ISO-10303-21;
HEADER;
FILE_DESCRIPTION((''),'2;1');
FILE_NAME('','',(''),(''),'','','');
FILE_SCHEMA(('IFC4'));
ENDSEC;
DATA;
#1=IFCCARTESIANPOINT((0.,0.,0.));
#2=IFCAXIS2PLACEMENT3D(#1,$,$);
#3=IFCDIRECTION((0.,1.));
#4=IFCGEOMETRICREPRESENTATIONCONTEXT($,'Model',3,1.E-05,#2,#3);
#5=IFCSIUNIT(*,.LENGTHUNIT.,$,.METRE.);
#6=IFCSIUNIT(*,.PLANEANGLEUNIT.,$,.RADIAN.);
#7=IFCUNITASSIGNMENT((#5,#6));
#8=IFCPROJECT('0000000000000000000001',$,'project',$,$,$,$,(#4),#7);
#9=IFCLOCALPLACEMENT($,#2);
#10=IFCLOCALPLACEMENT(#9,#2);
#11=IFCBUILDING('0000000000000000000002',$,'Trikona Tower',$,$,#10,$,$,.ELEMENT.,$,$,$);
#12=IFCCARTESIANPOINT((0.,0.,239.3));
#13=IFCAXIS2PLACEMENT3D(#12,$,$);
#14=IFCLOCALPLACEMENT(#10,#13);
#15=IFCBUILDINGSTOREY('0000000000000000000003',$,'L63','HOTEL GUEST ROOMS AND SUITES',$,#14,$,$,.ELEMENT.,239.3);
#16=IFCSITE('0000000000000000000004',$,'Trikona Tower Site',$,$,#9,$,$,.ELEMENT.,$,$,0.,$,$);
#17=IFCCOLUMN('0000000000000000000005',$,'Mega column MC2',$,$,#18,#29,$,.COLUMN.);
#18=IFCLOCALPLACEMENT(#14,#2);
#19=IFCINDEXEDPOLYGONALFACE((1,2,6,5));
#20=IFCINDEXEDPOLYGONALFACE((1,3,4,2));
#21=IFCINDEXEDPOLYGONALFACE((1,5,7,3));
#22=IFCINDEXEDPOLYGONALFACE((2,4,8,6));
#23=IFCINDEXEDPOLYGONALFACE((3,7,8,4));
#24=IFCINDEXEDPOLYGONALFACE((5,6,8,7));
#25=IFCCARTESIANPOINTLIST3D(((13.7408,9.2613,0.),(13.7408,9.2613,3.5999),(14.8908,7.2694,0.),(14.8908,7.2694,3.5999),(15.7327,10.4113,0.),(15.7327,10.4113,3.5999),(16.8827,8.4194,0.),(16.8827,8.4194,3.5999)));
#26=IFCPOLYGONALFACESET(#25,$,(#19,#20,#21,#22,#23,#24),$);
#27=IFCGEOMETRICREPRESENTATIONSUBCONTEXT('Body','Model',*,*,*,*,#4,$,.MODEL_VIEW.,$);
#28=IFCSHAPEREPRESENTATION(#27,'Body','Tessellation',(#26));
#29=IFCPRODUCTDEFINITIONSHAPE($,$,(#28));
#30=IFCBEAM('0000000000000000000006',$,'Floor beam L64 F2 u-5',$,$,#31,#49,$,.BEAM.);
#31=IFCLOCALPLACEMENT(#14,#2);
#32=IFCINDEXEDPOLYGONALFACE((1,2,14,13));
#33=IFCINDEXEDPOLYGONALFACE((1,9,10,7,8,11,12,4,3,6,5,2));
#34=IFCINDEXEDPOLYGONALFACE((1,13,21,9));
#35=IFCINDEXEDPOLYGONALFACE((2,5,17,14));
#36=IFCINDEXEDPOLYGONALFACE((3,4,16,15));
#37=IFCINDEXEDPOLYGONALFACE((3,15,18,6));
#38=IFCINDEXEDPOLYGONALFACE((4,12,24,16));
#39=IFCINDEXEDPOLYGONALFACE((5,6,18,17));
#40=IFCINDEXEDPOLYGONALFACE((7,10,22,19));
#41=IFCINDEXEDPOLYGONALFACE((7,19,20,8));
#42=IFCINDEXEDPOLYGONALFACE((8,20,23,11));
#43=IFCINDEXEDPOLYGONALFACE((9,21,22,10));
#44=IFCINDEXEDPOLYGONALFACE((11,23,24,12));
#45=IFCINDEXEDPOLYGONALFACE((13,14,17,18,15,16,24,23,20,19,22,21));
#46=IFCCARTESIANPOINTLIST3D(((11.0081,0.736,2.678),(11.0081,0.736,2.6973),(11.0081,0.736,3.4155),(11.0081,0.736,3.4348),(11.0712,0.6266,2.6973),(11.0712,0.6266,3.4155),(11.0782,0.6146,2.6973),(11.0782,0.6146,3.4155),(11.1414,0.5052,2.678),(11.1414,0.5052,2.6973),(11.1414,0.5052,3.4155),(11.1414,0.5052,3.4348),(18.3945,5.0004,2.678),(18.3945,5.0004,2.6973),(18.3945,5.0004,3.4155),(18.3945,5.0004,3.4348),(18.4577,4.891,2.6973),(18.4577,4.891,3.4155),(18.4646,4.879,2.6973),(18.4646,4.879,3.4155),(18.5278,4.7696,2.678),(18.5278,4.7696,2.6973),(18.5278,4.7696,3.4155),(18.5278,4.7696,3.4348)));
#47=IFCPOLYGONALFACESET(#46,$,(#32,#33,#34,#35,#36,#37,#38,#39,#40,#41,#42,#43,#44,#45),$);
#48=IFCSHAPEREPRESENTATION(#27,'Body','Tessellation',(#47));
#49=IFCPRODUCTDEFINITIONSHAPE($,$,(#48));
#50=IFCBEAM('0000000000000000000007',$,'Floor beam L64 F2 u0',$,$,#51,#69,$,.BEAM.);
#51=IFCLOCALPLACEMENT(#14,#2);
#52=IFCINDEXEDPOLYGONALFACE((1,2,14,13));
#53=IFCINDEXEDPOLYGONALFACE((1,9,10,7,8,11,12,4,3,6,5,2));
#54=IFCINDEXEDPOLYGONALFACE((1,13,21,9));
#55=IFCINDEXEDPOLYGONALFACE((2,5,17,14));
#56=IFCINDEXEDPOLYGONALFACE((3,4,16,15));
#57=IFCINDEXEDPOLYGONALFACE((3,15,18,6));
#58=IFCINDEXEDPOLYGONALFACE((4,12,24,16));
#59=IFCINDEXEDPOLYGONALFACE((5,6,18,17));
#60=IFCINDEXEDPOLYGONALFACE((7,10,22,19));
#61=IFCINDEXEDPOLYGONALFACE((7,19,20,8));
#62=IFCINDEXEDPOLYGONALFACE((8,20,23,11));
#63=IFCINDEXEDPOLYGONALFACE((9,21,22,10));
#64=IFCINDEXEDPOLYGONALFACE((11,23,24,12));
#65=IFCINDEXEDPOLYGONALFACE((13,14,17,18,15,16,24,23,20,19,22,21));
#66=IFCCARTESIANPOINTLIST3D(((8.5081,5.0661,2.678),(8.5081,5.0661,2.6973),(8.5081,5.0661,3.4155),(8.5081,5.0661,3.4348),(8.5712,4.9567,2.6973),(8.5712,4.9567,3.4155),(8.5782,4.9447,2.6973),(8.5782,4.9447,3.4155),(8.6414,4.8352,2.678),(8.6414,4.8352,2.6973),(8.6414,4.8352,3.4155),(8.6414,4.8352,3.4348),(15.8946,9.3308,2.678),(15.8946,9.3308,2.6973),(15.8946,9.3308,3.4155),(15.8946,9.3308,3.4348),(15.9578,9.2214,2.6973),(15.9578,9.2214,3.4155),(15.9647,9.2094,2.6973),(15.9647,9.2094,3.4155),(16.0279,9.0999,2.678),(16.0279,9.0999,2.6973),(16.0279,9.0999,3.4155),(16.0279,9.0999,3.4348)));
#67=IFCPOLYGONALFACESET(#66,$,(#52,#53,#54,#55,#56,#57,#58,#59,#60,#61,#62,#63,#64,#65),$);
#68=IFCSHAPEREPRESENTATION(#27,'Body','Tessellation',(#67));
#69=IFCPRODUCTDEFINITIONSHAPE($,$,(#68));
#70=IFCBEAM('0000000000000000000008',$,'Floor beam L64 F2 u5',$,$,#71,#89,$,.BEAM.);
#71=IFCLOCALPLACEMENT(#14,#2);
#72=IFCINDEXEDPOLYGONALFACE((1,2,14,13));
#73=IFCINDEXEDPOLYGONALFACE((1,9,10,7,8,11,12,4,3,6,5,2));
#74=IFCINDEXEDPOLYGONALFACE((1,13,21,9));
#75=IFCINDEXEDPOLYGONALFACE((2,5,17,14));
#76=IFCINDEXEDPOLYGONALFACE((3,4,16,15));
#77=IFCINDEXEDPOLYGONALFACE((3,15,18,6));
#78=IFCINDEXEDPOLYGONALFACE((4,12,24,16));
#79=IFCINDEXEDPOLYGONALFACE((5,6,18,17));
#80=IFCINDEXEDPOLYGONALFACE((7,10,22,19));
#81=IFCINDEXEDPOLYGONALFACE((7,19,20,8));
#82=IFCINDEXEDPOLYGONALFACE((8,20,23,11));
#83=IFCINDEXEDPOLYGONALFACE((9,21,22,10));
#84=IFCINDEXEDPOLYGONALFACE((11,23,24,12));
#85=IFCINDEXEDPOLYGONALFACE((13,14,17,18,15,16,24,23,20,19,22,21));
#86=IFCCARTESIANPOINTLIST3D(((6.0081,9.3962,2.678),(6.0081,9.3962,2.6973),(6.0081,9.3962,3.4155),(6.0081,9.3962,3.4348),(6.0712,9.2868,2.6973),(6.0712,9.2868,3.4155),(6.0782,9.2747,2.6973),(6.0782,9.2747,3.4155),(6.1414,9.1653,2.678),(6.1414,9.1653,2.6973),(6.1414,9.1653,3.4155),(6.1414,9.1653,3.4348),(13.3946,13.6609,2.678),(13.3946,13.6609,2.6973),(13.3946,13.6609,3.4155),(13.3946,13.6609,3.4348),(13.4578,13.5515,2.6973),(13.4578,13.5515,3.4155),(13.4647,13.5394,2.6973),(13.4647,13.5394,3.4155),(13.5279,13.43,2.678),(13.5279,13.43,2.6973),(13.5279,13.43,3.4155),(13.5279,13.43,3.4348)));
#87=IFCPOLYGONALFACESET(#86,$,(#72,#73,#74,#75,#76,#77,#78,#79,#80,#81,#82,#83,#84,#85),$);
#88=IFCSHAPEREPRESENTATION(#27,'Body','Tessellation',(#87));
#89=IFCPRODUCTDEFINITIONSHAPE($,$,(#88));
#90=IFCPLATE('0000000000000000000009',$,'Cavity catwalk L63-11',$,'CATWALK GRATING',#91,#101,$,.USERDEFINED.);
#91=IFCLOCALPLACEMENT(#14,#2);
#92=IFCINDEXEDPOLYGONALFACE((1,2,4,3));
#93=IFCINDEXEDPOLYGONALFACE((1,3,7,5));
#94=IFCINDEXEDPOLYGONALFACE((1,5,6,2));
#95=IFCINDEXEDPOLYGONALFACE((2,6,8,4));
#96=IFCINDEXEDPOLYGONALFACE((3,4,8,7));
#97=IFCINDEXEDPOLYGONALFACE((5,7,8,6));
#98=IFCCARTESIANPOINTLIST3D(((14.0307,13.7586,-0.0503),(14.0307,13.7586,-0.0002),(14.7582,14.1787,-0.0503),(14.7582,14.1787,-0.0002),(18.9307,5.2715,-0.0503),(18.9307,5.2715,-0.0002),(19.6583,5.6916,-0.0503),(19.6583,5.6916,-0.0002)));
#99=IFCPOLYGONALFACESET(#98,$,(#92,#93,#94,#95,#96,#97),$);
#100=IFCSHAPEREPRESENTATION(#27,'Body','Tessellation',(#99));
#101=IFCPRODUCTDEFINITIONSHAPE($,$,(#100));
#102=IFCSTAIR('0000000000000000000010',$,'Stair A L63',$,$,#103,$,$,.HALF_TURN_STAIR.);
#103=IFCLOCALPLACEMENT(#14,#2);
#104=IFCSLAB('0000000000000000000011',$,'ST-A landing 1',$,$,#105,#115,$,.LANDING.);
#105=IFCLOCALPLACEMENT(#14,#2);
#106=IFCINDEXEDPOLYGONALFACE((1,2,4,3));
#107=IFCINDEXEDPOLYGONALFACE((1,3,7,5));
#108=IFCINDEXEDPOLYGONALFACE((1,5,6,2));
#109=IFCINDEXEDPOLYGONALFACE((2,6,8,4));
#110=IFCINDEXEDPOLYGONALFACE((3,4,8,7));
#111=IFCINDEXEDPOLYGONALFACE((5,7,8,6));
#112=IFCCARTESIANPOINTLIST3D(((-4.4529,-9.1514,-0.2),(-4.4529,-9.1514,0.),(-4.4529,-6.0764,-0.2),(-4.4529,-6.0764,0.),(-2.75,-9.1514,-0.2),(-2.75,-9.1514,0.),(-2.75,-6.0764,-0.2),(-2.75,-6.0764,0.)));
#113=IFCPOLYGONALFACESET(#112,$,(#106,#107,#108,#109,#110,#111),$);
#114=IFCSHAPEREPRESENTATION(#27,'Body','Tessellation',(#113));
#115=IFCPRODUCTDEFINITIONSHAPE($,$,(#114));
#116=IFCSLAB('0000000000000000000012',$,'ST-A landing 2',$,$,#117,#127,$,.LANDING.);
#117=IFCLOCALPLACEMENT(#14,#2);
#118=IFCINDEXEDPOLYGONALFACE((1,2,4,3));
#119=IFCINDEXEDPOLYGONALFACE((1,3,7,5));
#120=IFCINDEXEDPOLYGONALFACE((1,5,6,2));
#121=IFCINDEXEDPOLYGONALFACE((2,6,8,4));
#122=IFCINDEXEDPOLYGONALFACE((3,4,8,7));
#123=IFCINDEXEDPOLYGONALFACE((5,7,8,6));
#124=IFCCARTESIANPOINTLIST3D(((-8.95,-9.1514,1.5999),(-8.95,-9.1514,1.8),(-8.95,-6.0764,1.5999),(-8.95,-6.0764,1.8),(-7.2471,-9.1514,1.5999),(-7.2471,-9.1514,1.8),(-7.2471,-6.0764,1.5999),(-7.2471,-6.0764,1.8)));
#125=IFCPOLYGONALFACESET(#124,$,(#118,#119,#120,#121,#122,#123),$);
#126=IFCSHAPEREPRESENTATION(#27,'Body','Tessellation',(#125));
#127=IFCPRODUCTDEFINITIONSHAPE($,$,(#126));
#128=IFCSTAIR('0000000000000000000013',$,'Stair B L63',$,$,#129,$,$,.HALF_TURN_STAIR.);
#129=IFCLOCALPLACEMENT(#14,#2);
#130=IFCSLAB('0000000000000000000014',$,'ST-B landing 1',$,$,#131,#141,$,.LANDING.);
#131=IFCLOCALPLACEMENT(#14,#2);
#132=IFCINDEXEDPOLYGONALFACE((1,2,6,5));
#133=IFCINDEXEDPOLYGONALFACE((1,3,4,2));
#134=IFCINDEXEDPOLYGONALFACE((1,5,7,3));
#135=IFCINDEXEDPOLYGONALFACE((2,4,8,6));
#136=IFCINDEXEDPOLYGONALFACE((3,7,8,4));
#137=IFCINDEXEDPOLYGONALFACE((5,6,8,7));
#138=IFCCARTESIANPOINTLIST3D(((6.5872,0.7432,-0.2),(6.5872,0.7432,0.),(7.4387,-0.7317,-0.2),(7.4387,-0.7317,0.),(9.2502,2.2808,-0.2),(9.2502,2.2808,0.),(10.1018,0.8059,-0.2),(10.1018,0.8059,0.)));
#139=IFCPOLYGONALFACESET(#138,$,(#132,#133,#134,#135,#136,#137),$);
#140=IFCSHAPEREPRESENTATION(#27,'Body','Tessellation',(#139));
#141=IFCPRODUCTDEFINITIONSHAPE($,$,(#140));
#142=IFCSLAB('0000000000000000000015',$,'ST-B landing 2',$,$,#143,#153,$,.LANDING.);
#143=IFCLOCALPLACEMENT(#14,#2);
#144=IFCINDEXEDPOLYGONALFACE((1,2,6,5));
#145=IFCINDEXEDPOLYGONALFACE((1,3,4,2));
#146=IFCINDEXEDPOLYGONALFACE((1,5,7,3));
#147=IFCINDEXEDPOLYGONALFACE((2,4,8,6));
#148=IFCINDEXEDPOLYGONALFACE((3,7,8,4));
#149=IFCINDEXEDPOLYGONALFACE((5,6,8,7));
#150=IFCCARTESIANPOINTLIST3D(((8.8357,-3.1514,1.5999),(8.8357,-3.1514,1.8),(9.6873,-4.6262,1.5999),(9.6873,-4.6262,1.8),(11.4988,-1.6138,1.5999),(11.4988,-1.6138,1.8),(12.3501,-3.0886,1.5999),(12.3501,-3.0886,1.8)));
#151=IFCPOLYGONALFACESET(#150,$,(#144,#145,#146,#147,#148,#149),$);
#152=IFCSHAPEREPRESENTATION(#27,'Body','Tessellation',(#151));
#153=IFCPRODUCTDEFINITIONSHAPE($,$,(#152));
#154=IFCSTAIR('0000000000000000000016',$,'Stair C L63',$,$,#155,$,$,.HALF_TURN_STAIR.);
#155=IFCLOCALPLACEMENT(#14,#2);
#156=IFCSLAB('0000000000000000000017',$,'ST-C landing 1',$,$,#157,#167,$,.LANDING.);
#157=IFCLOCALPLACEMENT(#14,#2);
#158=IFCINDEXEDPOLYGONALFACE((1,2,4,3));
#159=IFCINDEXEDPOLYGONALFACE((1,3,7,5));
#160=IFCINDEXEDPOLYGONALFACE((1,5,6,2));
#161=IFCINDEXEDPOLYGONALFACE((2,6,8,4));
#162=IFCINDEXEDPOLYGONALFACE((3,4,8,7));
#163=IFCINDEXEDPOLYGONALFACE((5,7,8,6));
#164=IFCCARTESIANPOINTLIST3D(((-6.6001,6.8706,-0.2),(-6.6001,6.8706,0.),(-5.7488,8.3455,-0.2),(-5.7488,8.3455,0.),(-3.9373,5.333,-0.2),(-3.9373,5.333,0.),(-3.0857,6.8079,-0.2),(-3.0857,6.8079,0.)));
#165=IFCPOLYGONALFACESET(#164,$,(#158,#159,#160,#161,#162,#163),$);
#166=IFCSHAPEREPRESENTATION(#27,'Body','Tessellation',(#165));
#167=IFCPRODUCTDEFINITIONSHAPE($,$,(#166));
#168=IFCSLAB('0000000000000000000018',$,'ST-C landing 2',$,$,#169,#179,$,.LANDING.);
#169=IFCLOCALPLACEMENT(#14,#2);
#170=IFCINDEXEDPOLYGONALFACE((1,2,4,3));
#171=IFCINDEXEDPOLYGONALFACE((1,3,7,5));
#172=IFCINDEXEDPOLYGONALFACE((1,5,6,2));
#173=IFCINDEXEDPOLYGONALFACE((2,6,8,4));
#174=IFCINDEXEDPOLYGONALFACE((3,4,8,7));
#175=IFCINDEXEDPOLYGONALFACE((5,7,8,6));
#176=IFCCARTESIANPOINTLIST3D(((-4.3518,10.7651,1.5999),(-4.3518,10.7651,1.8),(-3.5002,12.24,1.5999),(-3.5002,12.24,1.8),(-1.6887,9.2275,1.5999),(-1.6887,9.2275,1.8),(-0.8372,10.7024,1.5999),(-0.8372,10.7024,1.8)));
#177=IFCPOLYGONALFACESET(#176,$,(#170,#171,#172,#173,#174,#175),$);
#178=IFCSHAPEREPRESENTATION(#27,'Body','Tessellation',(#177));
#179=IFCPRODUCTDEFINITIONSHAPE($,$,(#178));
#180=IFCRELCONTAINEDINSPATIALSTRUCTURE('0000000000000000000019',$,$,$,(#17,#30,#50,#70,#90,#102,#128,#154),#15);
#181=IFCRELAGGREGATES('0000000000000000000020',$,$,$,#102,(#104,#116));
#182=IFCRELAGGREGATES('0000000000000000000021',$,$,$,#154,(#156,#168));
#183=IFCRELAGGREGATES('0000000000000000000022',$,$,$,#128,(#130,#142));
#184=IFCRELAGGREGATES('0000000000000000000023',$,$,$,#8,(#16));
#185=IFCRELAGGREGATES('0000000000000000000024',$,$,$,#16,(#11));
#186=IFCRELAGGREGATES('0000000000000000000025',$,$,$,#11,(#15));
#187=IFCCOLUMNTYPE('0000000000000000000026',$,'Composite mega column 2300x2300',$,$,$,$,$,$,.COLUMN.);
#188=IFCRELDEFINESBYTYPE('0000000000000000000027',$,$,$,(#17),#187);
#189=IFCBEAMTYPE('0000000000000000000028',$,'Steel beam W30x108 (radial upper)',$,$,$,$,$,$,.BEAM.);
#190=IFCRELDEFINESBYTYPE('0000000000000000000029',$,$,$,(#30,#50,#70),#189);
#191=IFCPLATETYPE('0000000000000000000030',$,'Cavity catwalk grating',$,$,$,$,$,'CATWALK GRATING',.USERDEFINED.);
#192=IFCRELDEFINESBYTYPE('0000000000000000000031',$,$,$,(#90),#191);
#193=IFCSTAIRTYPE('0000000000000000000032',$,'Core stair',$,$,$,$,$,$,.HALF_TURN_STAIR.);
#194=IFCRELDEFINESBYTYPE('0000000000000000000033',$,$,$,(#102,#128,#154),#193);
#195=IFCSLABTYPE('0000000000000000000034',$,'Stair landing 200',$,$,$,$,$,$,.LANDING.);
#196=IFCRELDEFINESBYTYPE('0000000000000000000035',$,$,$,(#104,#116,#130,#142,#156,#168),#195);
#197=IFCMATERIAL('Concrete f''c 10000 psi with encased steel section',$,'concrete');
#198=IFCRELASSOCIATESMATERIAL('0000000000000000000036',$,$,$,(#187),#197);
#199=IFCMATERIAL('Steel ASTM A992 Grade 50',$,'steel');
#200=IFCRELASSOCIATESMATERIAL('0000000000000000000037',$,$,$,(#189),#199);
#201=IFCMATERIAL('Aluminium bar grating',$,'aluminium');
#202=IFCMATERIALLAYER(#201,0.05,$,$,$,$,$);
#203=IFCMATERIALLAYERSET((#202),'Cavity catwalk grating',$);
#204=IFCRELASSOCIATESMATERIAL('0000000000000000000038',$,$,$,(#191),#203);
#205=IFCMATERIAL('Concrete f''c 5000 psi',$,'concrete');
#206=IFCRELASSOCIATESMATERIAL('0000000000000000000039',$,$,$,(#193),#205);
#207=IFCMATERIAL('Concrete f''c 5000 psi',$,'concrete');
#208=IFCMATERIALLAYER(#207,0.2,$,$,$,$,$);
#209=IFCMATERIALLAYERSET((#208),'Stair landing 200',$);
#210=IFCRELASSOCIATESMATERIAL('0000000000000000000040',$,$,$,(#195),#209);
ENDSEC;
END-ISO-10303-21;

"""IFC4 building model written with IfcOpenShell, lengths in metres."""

from ifc_helpers import new_model, si_unit, direction, frame, origin, origin_2d, place, context, subcontext, project, spatial, polyline, rectangle, i_section, outline, extrude, material, layer, layer_set, material_profile, profile_set, type_object, element, aggregate, save


model = new_model("IFC4")

# Units and contexts
model_context = context("Model", 3, precision=1e-05, world=origin(), true_north=direction((0.0, 1.0)))
body_context = subcontext(model_context, "Body", "Model", "MODEL_VIEW")
ifc_project = project(units=[si_unit("LENGTHUNIT", "METRE"), si_unit("PLANEANGLEUNIT", "RADIAN")], contexts=[model_context])

# Site, building, storey
site_placement = place(None, origin())
site = spatial("IfcSite", under=ifc_project, at=site_placement, Name="Trikona Tower Site", CompositionType="ELEMENT", RefElevation=0.0)
building_placement = place(site_placement, origin())
building = spatial("IfcBuilding", under=site, at=building_placement, Name="Trikona Tower", CompositionType="ELEMENT")
storey_placement = place(building_placement, frame((0.0, 0.0, 239.3)))
storey = spatial("IfcBuildingStorey", under=building, at=storey_placement, Name="L63", Description="HOTEL GUEST ROOMS AND SUITES", CompositionType="ELEMENT", Elevation=239.3)

# Column
ifc_material_1 = material(Name="Concrete f'c 10000 psi with encased steel section", Category="concrete")
ifc_material_profile_1 = material_profile(ifc_material_1, rectangle(XDim=2.3, YDim=2.3, at=origin_2d()), Name="MC2300")
ifc_profile_set_1 = profile_set([ifc_material_profile_1], Name="Concrete f'c 10000 psi with encased steel section")
column_type = type_object("IfcColumnType", Name="Composite mega column 2300x2300", PredefinedType="COLUMN", material=ifc_profile_set_1)
column_placement = place(storey_placement, frame((15.3118, 8.8403, 0.0), z_axis=(0.0, 0.0, 1.0), x_axis=(0.866025, 0.5, 0.0)))
element("IfcColumn", 1, at=column_placement, inside=storey, type_object=column_type, Name="Mega column MC2", PredefinedType="COLUMN", context=body_context, shape_type="SweptSolid", body=[
    extrude(rectangle(XDim=2.3, YDim=2.3, at=origin_2d()), origin(), (0.0, 0.0, 1.0), 3.5999),
])

# Beams
ifc_material_2 = material(Name="Steel ASTM A992 Grade 50", Category="steel")
ifc_material_profile_2 = material_profile(ifc_material_2, i_section(OverallWidth=0.2666, OverallDepth=0.7568, WebThickness=0.0139, FlangeThickness=0.0193, at=origin_2d()), Name="W30X108")
ifc_profile_set_2 = profile_set([ifc_material_profile_2], Name="Steel ASTM A992 Grade 50")
beam_type = type_object("IfcBeamType", Name="Steel beam W30x108 (radial upper)", PredefinedType="BEAM", material=ifc_profile_set_2)
beam_placement = place(storey_placement, frame((11.0747, 0.6206, 3.0564), z_axis=(0.866034, 0.499984, 0.0), x_axis=(-0.499984, 0.866034, 0.0)))
element("IfcBeam", 2, at=beam_placement, inside=storey, type_object=beam_type, Name="Floor beam L64 F2 u-5", PredefinedType="BEAM", context=body_context, shape_type="SweptSolid", body=[
    extrude(i_section(OverallWidth=0.2666, OverallDepth=0.7568, WebThickness=0.0139, FlangeThickness=0.0193, at=origin_2d()), origin(), (0.0, 0.0, 1.0), 8.5291),
])
for number, where, z_axis, x_axis, name in (
    (3, (8.5747, 4.9507, 3.0564), (0.866022, 0.500006, 0.0), (-0.500006, 0.866022, 0.0), "Floor beam L64 F2 u0"),
    (4, (6.0747, 9.2808, 3.0564), (0.866022, 0.500006, 0.0), (-0.500006, 0.866022, 0.0), "Floor beam L64 F2 u5"),
):
    element("IfcBeam", number, at=place(storey_placement, frame(where, z_axis=z_axis, x_axis=x_axis)), inside=storey, type_object=beam_type, Name=name, PredefinedType="BEAM", context=body_context, shape_type="SweptSolid", body=[
        extrude(i_section(OverallWidth=0.2666, OverallDepth=0.7568, WebThickness=0.0139, FlangeThickness=0.0193, at=origin_2d()), origin(), (0.0, 0.0, 1.0), 8.5293),
    ])

# Plate
ifc_material_3 = material(Name="Aluminium bar grating", Category="aluminium")
ifc_layer_1 = layer(ifc_material_3, 0.05)
ifc_layer_set_1 = layer_set([ifc_layer_1], Name="Cavity catwalk grating")
plate_type = type_object("IfcPlateType", Name="Cavity catwalk grating", ElementType="CATWALK GRATING", PredefinedType="USERDEFINED", material=ifc_layer_set_1)
plate_placement = place(storey_placement, frame((16.8445, 9.7251, -0.0503), z_axis=(0.0, 0.0, 1.0), x_axis=(-0.499998, 0.866026, 0.0)))
element("IfcPlate", 5, at=plate_placement, inside=storey, type_object=plate_type, Name="Cavity catwalk L63-11", ObjectType="CATWALK GRATING", PredefinedType="USERDEFINED", context=body_context, shape_type="SweptSolid", body=[
    extrude(rectangle(XDim=9.8, YDim=0.8401, at=origin_2d()), origin(), (0.0, 0.0, 1.0), 0.05),
])

# Stairs, slabs
ifc_material_4 = material(Name="Concrete f'c 5000 psi", Category="concrete")
stair_type = type_object("IfcStairType", Name="Core stair", PredefinedType="HALF_TURN_STAIR", material=ifc_material_4)
stair_1_placement = place(storey_placement, origin())
stair_1 = element("IfcStair", 6, at=stair_1_placement, inside=storey, type_object=stair_type, Name="Stair A L63", PredefinedType="HALF_TURN_STAIR")
ifc_material_5 = material(Name="Concrete f'c 5000 psi", Category="concrete")
ifc_layer_2 = layer(ifc_material_5, 0.2)
ifc_layer_set_2 = layer_set([ifc_layer_2], Name="Stair landing 200")
slab_type = type_object("IfcSlabType", Name="Stair landing 200", PredefinedType="LANDING", material=ifc_layer_set_2)
slab_1_placement = place(storey_placement, frame((0.0, 0.0, -0.2)))
slab_1 = element("IfcSlab", 7, at=slab_1_placement, type_object=slab_type, Name="ST-A landing 1", PredefinedType="LANDING", context=body_context, shape_type="SweptSolid", body=[
    extrude(outline(polyline([(-4.4529, -6.0764), (-2.75, -6.0764), (-2.75, -9.1514), (-4.4529, -9.1514), (-4.4529, -6.0764)])), origin(), (0.0, 0.0, 1.0), 0.2),
])
slab_2_placement = place(storey_placement, frame((0.0, 0.0, 1.5999)))
slab_2 = element("IfcSlab", 8, at=slab_2_placement, type_object=slab_type, Name="ST-A landing 2", PredefinedType="LANDING", context=body_context, shape_type="SweptSolid", body=[
    extrude(outline(polyline([(-8.95, -6.0764), (-7.2471, -6.0764), (-7.2471, -9.1514), (-8.95, -9.1514), (-8.95, -6.0764)])), origin(), (0.0, 0.0, 1.0), 0.2002),
])
aggregate(stair_1, [slab_1, slab_2])
stair_2_placement = place(storey_placement, origin())
stair_2 = element("IfcStair", 9, at=stair_2_placement, inside=storey, type_object=stair_type, Name="Stair B L63", PredefinedType="HALF_TURN_STAIR")
slab_3_placement = place(storey_placement, frame((0.0, 0.0, -0.2)))
slab_3 = element("IfcSlab", 10, at=slab_3_placement, type_object=slab_type, Name="ST-B landing 1", PredefinedType="LANDING", context=body_context, shape_type="SweptSolid", body=[
    extrude(outline(polyline([(7.4387, -0.7317), (6.5872, 0.7432), (9.2502, 2.2808), (10.1018, 0.8059), (7.4387, -0.7317)])), origin(), (0.0, 0.0, 1.0), 0.2),
])
slab_4_placement = place(storey_placement, frame((0.0, 0.0, 1.5999)))
slab_4 = element("IfcSlab", 11, at=slab_4_placement, type_object=slab_type, Name="ST-B landing 2", PredefinedType="LANDING", context=body_context, shape_type="SweptSolid", body=[
    extrude(outline(polyline([(9.6873, -4.6262), (8.8357, -3.1514), (11.4988, -1.6138), (12.3501, -3.0886), (9.6873, -4.6262)])), origin(), (0.0, 0.0, 1.0), 0.2002),
])
stair_3_placement = place(storey_placement, origin())
stair_3 = element("IfcStair", 12, at=stair_3_placement, inside=storey, type_object=stair_type, Name="Stair C L63", PredefinedType="HALF_TURN_STAIR")
slab_5_placement = place(storey_placement, frame((0.0, 0.0, -0.2)))
slab_5 = element("IfcSlab", 13, at=slab_5_placement, type_object=slab_type, Name="ST-C landing 1", PredefinedType="LANDING", context=body_context, shape_type="SweptSolid", body=[
    extrude(outline(polyline([(-3.0857, 6.8079), (-3.9373, 5.333), (-6.6001, 6.8706), (-5.7488, 8.3455), (-3.0857, 6.8079)])), origin(), (0.0, 0.0, 1.0), 0.2),
])
slab_6_placement = place(storey_placement, frame((0.0, 0.0, 1.5999)))
slab_6 = element("IfcSlab", 14, at=slab_6_placement, type_object=slab_type, Name="ST-C landing 2", PredefinedType="LANDING", context=body_context, shape_type="SweptSolid", body=[
    extrude(outline(polyline([(-0.8372, 10.7024), (-1.6887, 9.2275), (-4.3518, 10.7651), (-3.5002, 12.24), (-0.8372, 10.7024)])), origin(), (0.0, 0.0, 1.0), 0.2002),
])
aggregate(stair_3, [slab_5, slab_6])

aggregate(stair_2, [slab_3, slab_4])

save(model, "model.ifc")
